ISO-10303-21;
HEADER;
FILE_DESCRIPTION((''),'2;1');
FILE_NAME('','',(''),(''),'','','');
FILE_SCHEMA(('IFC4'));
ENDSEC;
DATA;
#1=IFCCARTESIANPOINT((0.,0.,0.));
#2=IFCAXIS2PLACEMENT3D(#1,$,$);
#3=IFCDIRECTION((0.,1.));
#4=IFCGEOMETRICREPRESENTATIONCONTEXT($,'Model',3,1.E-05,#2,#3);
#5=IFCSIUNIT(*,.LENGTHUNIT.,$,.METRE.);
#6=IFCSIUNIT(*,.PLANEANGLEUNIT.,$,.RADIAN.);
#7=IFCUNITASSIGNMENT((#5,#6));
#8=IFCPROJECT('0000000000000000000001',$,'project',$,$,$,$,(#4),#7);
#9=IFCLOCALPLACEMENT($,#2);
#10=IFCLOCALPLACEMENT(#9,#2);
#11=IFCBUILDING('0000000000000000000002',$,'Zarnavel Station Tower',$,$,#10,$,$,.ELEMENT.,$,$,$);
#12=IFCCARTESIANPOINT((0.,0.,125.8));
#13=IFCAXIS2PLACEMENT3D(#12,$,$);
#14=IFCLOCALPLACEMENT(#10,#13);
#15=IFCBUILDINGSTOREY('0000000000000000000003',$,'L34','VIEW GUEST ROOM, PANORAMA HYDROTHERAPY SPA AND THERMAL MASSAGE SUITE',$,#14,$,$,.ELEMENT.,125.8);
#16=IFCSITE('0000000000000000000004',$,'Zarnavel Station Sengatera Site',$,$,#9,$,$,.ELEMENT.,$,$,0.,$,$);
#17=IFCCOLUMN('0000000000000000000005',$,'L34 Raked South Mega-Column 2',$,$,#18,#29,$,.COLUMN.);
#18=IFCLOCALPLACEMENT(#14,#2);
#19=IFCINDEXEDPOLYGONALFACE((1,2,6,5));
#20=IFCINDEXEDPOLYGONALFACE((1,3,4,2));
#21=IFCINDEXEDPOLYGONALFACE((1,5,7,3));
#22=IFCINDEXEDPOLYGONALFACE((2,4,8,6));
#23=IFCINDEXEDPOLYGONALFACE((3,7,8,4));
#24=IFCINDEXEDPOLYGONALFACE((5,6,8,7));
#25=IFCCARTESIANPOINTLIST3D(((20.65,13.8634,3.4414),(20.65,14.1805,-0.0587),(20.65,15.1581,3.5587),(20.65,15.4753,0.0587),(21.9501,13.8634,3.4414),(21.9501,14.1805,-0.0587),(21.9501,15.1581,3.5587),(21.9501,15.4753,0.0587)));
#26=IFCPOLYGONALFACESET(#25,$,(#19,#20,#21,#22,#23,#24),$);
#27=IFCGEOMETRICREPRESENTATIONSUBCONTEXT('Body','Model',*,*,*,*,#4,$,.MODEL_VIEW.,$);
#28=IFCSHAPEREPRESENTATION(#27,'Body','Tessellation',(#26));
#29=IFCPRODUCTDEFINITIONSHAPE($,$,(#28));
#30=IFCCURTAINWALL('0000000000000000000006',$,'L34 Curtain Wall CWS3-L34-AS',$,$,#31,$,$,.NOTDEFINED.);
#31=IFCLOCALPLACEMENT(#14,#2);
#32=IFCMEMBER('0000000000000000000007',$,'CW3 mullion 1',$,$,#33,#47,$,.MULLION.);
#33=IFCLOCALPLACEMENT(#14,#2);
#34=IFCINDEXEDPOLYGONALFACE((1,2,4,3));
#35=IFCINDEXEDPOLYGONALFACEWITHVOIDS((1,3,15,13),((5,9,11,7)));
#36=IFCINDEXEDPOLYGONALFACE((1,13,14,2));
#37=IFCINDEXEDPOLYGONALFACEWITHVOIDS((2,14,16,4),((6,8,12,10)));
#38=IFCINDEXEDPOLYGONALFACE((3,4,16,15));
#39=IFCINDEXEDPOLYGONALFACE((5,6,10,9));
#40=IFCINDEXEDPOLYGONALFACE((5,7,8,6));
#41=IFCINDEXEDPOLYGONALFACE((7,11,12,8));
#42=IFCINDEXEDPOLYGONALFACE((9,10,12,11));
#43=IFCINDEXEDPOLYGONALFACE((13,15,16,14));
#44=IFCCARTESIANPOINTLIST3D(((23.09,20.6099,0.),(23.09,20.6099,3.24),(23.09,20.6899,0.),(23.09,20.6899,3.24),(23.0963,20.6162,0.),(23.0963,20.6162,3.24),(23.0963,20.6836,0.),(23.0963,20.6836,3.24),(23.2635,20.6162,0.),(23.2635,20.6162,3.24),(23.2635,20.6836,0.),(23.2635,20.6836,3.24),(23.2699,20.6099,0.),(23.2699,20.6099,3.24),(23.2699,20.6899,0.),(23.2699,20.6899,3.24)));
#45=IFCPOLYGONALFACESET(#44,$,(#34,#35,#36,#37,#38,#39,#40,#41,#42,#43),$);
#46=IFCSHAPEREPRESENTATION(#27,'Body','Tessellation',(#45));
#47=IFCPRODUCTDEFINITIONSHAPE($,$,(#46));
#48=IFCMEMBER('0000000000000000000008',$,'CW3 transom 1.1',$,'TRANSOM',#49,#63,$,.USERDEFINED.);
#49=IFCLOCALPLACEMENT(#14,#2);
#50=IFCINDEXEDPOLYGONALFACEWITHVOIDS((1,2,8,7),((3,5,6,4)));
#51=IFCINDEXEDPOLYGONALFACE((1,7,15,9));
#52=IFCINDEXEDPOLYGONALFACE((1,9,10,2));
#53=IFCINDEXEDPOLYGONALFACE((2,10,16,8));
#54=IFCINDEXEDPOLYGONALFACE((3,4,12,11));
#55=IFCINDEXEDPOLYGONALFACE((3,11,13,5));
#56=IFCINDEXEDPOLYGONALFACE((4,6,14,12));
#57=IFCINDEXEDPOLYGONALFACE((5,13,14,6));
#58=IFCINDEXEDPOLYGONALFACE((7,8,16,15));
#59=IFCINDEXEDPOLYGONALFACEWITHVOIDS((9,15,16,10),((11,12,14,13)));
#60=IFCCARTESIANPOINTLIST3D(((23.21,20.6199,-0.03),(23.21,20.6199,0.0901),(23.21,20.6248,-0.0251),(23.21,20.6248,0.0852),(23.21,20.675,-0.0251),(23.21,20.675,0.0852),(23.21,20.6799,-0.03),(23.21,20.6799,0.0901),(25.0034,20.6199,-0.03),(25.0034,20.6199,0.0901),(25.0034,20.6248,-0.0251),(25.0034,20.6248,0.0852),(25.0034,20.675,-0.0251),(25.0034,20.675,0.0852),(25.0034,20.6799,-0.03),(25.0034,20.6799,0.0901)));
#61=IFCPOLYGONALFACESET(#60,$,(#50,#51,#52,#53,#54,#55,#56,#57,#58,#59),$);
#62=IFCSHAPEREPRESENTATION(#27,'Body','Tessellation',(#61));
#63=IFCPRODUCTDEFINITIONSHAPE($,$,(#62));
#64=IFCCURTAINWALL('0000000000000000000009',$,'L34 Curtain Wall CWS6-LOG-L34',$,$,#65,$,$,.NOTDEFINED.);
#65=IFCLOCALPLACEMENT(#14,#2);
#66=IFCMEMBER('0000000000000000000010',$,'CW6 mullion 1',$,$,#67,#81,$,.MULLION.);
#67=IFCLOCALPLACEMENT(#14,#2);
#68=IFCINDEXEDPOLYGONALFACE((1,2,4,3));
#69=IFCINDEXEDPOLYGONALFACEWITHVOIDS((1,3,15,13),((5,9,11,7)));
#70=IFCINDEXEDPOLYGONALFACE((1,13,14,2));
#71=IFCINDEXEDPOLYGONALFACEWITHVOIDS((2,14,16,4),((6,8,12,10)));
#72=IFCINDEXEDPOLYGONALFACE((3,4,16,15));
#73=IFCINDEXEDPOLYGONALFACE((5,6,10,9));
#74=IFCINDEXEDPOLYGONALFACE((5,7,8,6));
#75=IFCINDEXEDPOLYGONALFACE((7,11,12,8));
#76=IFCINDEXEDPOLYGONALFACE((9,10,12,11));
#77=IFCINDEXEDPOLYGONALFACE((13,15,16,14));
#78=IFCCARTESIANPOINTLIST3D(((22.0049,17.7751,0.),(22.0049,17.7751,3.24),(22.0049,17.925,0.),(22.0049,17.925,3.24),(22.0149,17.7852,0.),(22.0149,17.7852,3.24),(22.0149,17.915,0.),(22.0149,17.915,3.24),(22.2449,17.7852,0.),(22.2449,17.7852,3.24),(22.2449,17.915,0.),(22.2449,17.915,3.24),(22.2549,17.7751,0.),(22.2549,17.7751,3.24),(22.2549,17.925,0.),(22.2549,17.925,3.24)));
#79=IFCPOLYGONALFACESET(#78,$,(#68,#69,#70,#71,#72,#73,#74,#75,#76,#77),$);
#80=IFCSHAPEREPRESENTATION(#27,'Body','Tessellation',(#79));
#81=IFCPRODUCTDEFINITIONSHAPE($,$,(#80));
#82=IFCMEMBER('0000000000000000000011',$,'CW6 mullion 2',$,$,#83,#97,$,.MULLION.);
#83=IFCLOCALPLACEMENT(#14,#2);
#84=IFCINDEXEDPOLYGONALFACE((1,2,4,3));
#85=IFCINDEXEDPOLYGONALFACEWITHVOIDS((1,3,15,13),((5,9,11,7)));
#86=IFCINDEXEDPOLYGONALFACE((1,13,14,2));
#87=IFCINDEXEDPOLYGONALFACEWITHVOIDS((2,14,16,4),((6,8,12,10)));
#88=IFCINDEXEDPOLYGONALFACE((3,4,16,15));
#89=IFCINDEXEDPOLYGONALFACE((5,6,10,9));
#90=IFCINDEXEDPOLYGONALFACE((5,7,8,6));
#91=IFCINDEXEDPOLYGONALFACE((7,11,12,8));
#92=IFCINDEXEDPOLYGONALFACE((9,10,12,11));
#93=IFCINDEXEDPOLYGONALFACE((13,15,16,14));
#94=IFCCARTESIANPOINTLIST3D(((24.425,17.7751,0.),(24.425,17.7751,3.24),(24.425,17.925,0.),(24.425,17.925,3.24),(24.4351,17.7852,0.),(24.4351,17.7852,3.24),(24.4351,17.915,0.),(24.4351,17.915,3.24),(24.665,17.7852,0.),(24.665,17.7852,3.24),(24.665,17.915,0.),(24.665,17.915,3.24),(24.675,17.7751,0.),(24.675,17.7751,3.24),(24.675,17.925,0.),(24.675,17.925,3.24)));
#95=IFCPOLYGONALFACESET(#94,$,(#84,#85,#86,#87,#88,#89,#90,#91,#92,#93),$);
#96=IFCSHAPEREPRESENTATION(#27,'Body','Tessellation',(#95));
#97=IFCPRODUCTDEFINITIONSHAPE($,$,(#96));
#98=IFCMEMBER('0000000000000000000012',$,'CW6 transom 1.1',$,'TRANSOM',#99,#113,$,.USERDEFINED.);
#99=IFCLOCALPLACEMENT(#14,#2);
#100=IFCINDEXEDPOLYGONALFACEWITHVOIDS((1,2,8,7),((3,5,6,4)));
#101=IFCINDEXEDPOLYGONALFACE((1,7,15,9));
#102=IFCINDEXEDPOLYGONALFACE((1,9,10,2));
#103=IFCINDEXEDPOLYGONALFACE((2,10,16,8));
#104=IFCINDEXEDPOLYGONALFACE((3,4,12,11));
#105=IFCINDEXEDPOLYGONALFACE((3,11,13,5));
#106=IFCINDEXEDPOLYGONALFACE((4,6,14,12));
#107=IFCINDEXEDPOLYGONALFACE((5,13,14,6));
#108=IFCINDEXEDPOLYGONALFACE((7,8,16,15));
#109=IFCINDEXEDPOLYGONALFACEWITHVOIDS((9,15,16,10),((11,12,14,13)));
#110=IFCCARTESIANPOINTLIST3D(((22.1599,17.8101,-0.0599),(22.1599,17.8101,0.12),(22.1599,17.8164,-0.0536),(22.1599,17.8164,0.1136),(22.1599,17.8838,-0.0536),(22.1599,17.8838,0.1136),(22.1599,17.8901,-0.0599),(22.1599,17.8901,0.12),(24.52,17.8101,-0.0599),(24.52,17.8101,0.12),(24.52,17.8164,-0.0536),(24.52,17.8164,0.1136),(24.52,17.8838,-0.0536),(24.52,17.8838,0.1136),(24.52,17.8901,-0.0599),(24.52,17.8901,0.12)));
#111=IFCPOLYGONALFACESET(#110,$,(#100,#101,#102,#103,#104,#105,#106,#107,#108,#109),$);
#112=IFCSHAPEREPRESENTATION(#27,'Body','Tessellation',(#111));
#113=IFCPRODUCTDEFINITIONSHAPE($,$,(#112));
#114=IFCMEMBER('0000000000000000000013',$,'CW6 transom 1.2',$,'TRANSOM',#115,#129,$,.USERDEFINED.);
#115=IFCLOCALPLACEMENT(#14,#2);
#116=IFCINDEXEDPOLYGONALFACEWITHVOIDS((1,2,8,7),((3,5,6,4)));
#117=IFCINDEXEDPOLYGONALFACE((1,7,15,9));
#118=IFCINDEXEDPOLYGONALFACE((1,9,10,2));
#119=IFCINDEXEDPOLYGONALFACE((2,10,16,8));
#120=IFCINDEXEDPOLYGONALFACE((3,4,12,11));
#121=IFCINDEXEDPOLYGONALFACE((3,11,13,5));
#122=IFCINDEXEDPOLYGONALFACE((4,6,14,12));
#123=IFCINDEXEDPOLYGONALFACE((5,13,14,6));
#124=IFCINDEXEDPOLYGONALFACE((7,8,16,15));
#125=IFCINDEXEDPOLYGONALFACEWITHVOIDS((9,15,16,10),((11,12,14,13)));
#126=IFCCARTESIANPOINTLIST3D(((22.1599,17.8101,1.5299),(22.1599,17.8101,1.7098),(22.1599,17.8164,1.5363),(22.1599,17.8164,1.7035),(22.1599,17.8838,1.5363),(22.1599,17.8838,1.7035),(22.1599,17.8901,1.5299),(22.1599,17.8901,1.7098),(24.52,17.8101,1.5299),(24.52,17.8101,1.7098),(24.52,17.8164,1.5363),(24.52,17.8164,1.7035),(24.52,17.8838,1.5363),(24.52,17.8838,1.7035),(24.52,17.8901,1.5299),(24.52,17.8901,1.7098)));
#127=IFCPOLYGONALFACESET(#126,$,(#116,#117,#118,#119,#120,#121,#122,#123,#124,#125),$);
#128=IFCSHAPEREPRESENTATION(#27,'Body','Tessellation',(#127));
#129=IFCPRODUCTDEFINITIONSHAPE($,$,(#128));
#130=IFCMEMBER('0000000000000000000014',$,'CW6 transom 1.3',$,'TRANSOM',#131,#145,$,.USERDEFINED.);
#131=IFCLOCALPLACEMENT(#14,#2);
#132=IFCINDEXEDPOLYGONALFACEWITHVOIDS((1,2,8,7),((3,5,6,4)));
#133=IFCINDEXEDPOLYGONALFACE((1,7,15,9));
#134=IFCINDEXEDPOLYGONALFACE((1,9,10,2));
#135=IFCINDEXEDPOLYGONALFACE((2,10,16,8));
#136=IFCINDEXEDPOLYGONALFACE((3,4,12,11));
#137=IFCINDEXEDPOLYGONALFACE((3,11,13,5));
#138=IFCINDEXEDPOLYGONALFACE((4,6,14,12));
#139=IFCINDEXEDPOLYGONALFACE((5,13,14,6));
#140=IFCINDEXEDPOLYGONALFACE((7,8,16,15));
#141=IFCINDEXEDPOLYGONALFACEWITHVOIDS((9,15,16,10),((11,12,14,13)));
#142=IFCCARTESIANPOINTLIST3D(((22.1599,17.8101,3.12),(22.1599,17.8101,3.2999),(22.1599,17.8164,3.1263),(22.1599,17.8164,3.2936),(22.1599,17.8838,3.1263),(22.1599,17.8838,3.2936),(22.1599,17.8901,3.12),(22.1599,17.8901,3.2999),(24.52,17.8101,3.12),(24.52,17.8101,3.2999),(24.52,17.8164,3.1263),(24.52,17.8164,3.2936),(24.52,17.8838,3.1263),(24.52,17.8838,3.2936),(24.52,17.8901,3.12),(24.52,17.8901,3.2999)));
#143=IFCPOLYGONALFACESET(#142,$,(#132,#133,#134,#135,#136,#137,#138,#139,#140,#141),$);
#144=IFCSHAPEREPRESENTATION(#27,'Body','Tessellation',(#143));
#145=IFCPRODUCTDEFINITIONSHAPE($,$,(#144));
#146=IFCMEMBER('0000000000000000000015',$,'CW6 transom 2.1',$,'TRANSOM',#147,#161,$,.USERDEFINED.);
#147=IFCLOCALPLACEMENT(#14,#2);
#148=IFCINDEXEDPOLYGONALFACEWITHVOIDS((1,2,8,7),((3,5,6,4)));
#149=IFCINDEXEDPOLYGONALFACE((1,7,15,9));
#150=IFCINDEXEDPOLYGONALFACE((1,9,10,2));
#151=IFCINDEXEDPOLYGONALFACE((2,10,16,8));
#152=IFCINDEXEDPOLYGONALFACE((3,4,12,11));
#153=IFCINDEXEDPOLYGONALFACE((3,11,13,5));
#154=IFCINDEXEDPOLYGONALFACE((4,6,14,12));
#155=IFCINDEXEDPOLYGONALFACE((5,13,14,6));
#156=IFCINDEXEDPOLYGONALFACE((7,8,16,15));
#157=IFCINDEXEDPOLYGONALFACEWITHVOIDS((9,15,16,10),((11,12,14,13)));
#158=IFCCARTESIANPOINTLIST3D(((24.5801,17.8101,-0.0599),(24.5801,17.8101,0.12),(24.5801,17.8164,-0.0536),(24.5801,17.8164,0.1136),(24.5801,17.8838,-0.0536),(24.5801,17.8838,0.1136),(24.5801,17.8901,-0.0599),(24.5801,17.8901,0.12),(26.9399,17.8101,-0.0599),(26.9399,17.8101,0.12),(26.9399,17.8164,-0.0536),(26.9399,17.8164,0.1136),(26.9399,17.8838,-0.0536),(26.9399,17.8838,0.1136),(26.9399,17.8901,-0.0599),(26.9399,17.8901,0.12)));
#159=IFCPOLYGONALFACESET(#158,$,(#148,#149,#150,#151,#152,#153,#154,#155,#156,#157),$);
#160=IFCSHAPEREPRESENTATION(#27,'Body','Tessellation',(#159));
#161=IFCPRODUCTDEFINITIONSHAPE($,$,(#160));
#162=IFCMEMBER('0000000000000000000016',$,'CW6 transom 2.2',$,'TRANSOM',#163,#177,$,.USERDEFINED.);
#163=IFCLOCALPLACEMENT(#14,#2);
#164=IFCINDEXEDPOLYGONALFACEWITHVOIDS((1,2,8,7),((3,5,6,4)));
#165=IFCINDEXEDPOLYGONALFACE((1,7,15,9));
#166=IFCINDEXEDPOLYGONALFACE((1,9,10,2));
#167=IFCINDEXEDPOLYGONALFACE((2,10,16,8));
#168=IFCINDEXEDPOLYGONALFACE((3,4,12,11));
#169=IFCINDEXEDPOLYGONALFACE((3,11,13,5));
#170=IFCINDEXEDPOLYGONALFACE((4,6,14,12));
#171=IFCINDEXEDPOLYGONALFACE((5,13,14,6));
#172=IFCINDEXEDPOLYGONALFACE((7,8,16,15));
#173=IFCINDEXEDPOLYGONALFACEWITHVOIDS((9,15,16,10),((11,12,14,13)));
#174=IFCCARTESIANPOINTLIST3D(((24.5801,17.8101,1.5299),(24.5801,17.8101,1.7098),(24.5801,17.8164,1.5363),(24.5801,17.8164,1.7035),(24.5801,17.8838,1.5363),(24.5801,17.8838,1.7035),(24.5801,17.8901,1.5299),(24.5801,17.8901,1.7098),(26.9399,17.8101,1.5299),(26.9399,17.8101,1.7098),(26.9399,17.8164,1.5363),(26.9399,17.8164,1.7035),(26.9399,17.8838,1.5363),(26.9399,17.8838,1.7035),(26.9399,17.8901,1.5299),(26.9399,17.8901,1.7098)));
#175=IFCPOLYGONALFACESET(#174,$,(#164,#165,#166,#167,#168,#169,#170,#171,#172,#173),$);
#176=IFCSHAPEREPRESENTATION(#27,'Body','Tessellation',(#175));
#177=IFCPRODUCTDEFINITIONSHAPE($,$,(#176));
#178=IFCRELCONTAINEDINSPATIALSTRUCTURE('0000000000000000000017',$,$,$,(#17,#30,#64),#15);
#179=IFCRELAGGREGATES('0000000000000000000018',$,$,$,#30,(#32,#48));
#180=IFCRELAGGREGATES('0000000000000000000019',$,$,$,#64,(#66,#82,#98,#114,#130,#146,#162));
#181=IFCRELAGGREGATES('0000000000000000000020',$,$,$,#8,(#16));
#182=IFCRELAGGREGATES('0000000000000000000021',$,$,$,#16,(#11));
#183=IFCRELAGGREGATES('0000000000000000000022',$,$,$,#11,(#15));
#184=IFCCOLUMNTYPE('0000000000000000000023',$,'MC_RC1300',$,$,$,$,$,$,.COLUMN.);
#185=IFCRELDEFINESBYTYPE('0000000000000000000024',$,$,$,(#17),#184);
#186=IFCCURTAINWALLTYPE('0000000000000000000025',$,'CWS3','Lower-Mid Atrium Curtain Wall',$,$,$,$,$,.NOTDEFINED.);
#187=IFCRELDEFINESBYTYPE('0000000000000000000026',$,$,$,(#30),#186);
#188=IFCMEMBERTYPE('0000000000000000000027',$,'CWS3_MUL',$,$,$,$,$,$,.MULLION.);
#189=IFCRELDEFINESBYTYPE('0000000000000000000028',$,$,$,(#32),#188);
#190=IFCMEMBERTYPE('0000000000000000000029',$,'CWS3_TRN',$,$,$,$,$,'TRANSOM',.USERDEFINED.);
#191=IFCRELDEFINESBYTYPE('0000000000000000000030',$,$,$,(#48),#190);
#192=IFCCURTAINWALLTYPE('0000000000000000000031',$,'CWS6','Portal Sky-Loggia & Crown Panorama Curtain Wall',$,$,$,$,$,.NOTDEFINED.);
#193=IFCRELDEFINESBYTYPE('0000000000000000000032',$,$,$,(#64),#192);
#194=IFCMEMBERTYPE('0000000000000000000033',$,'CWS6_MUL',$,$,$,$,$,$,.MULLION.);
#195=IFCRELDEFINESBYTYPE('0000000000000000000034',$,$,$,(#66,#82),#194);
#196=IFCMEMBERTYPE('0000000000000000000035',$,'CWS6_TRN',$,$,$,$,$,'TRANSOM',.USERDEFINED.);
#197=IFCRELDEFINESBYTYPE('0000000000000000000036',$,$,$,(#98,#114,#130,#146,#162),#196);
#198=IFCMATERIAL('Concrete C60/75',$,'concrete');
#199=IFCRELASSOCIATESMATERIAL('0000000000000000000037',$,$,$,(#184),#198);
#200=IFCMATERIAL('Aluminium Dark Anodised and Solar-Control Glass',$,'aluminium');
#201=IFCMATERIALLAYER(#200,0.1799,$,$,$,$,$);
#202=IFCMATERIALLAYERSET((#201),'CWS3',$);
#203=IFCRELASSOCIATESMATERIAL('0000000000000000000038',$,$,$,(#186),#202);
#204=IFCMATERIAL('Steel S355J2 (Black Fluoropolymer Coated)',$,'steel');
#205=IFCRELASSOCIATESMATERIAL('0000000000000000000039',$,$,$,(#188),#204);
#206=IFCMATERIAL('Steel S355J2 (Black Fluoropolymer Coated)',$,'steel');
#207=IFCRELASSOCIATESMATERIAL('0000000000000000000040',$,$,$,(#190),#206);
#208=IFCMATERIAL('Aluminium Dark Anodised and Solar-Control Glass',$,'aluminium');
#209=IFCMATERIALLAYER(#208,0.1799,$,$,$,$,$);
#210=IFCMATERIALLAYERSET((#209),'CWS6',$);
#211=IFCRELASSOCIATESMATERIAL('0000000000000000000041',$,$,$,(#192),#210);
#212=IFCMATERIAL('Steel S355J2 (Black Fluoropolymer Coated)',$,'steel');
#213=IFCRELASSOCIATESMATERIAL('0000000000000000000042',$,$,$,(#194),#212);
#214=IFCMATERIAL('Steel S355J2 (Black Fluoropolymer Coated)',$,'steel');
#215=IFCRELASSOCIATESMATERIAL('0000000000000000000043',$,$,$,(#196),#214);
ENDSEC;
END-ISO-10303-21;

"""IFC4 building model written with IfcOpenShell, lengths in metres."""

from ifc_helpers import new_model, si_unit, direction, frame, origin, origin_2d, place, context, subcontext, project, spatial, rectangle, hollow_rectangle, extrude, material, layer, layer_set, material_profile, profile_set, type_object, element, aggregate, save


model = new_model("IFC4")

# Units and contexts
model_context = context("Model", 3, precision=1e-05, world=origin(), true_north=direction((0.0, 1.0)))
body_context = subcontext(model_context, "Body", "Model", "MODEL_VIEW")
ifc_project = project(units=[si_unit("LENGTHUNIT", "METRE"), si_unit("PLANEANGLEUNIT", "RADIAN")], contexts=[model_context])

# Site, building, storey
site_placement = place(None, origin())
site = spatial("IfcSite", under=ifc_project, at=site_placement, Name="Zarnavel Station Sengatera Site", CompositionType="ELEMENT", RefElevation=0.0)
building_placement = place(site_placement, origin())
building = spatial("IfcBuilding", under=site, at=building_placement, Name="Zarnavel Station Tower", CompositionType="ELEMENT")
storey_placement = place(building_placement, frame((0.0, 0.0, 125.8)))
storey = spatial("IfcBuildingStorey", under=building, at=storey_placement, Name="L34", Description="VIEW GUEST ROOM, PANORAMA HYDROTHERAPY SPA AND THERMAL MASSAGE SUITE", CompositionType="ELEMENT", Elevation=125.8)

# Column
ifc_material_1 = material(Name="Concrete C60/75", Category="concrete")
ifc_material_profile_1 = material_profile(ifc_material_1, rectangle(XDim=1.3, YDim=1.3, at=origin_2d()), Name="RC1300x1300")
ifc_profile_set_1 = profile_set([ifc_material_profile_1], Name="Concrete C60/75")
column_type = type_object("IfcColumnType", Name="MC_RC1300", PredefinedType="COLUMN", material=ifc_profile_set_1)
column_placement = place(storey_placement, frame((21.3, 14.8279, 0.0), z_axis=(0.0, -0.090241, 0.99592), x_axis=(1.0, 0.0, 0.0)))
element("IfcColumn", 1, at=column_placement, inside=storey, type_object=column_type, Name="L34 Raked South Mega-Column 2", PredefinedType="COLUMN", context=body_context, shape_type="SweptSolid", body=[
    extrude(rectangle(XDim=1.3, YDim=1.3, at=origin_2d()), origin(), (0.0, 0.0, 1.0), 3.5144),
])

# Curtain walls, members
ifc_material_2 = material(Name="Aluminium Dark Anodised and Solar-Control Glass", Category="aluminium")
ifc_layer_1 = layer(ifc_material_2, 0.1799)
ifc_layer_set_1 = layer_set([ifc_layer_1], Name="CWS3")
curtain_wall_type_1 = type_object("IfcCurtainWallType", Name="CWS3", Description="Lower-Mid Atrium Curtain Wall", PredefinedType="NOTDEFINED", material=ifc_layer_set_1)
curtain_wall_1_placement = place(storey_placement, origin())
curtain_wall_1 = element("IfcCurtainWall", 2, at=curtain_wall_1_placement, inside=storey, type_object=curtain_wall_type_1, Name="L34 Curtain Wall CWS3-L34-AS", PredefinedType="NOTDEFINED")
ifc_material_3 = material(Name="Steel S355J2 (Black Fluoropolymer Coated)", Category="steel")
ifc_material_profile_2 = material_profile(ifc_material_3, hollow_rectangle(XDim=0.0801, YDim=0.1799, WallThickness=0.0063, at=origin_2d()), Name="RHS180x80x6.3")
ifc_profile_set_2 = profile_set([ifc_material_profile_2], Name="Steel S355J2 (Black Fluoropolymer Coated)")
member_type_1 = type_object("IfcMemberType", Name="CWS3_MUL", PredefinedType="MULLION", material=ifc_profile_set_2)
member_1_placement = place(storey_placement, frame((23.1799, 20.6499, 0.0), z_axis=(0.0, 0.0, 1.0), x_axis=(0.0, 1.0, 0.0)))
member_1 = element("IfcMember", 3, at=member_1_placement, type_object=member_type_1, Name="CW3 mullion 1", PredefinedType="MULLION", context=body_context, shape_type="SweptSolid", body=[
    extrude(hollow_rectangle(XDim=0.0801, YDim=0.1799, WallThickness=0.0063, at=origin_2d()), origin(), (0.0, 0.0, 1.0), 3.24),
])
ifc_material_4 = material(Name="Steel S355J2 (Black Fluoropolymer Coated)", Category="steel")
ifc_material_profile_3 = material_profile(ifc_material_4, hollow_rectangle(XDim=0.0601, YDim=0.1201, WallThickness=0.0049, at=origin_2d()), Name="RHS120x60x5")
ifc_profile_set_3 = profile_set([ifc_material_profile_3], Name="Steel S355J2 (Black Fluoropolymer Coated)")
member_type_2 = type_object("IfcMemberType", Name="CWS3_TRN", ElementType="TRANSOM", PredefinedType="USERDEFINED", material=ifc_profile_set_3)
member_2_placement = place(storey_placement, frame((23.21, 20.6499, 0.03), z_axis=(1.0, 0.0, 0.0), x_axis=(0.0, 1.0, 0.0)))
member_2 = element("IfcMember", 4, at=member_2_placement, type_object=member_type_2, Name="CW3 transom 1.1", ObjectType="TRANSOM", PredefinedType="USERDEFINED", context=body_context, shape_type="SweptSolid", body=[
    extrude(hollow_rectangle(XDim=0.0601, YDim=0.1201, WallThickness=0.0049, at=origin_2d()), origin(), (0.0, 0.0, 1.0), 1.7935),
])
aggregate(curtain_wall_1, [member_1, member_2])
ifc_material_5 = material(Name="Aluminium Dark Anodised and Solar-Control Glass", Category="aluminium")
ifc_layer_2 = layer(ifc_material_5, 0.1799)
ifc_layer_set_2 = layer_set([ifc_layer_2], Name="CWS6")
curtain_wall_type_2 = type_object("IfcCurtainWallType", Name="CWS6", Description="Portal Sky-Loggia & Crown Panorama Curtain Wall", PredefinedType="NOTDEFINED", material=ifc_layer_set_2)
curtain_wall_2_placement = place(storey_placement, origin())
curtain_wall_2 = element("IfcCurtainWall", 5, at=curtain_wall_2_placement, inside=storey, type_object=curtain_wall_type_2, Name="L34 Curtain Wall CWS6-LOG-L34", PredefinedType="NOTDEFINED")
ifc_material_6 = material(Name="Steel S355J2 (Black Fluoropolymer Coated)", Category="steel")
ifc_material_profile_4 = material_profile(ifc_material_6, hollow_rectangle(XDim=0.1499, YDim=0.25, WallThickness=0.01, at=origin_2d()), Name="RHS250x150x10")
ifc_profile_set_4 = profile_set([ifc_material_profile_4], Name="Steel S355J2 (Black Fluoropolymer Coated)")
member_type_3 = type_object("IfcMemberType", Name="CWS6_MUL", PredefinedType="MULLION", material=ifc_profile_set_4)
member_3_placement = place(storey_placement, frame((22.1299, 17.8501, 0.0), z_axis=(0.0, 0.0, 1.0), x_axis=(0.0, 1.0, 0.0)))
member_3 = element("IfcMember", 6, at=member_3_placement, type_object=member_type_3, Name="CW6 mullion 1", PredefinedType="MULLION", context=body_context, shape_type="SweptSolid", body=[
    extrude(hollow_rectangle(XDim=0.1499, YDim=0.25, WallThickness=0.01, at=origin_2d()), origin(), (0.0, 0.0, 1.0), 3.24),
])
member_4_placement = place(storey_placement, frame((24.55, 17.8501, 0.0), z_axis=(0.0, 0.0, 1.0), x_axis=(0.0, 1.0, 0.0)))
member_4 = element("IfcMember", 7, at=member_4_placement, type_object=member_type_3, Name="CW6 mullion 2", PredefinedType="MULLION", context=body_context, shape_type="SweptSolid", body=[
    extrude(hollow_rectangle(XDim=0.1499, YDim=0.25, WallThickness=0.01, at=origin_2d()), origin(), (0.0, 0.0, 1.0), 3.24),
])
ifc_material_7 = material(Name="Steel S355J2 (Black Fluoropolymer Coated)", Category="steel")
ifc_material_profile_5 = material_profile(ifc_material_7, hollow_rectangle(XDim=0.0801, YDim=0.1799, WallThickness=0.0063, at=origin_2d()), Name="RHS180x80x6.3")
ifc_profile_set_5 = profile_set([ifc_material_profile_5], Name="Steel S355J2 (Black Fluoropolymer Coated)")
member_type_4 = type_object("IfcMemberType", Name="CWS6_TRN", ElementType="TRANSOM", PredefinedType="USERDEFINED", material=ifc_profile_set_5)
member_5_placement = place(storey_placement, frame((22.1599, 17.8501, 0.03), z_axis=(1.0, 0.0, 0.0), x_axis=(0.0, 1.0, 0.0)))
member_5 = element("IfcMember", 8, at=member_5_placement, type_object=member_type_4, Name="CW6 transom 1.1", ObjectType="TRANSOM", PredefinedType="USERDEFINED", context=body_context, shape_type="SweptSolid", body=[
    extrude(hollow_rectangle(XDim=0.0801, YDim=0.1799, WallThickness=0.0063, at=origin_2d()), origin(), (0.0, 0.0, 1.0), 2.3601),
])
member_6_placement = place(storey_placement, frame((22.1599, 17.8501, 1.6199), z_axis=(1.0, 0.0, 0.0), x_axis=(0.0, 1.0, 0.0)))
member_6 = element("IfcMember", 9, at=member_6_placement, type_object=member_type_4, Name="CW6 transom 1.2", ObjectType="TRANSOM", PredefinedType="USERDEFINED", context=body_context, shape_type="SweptSolid", body=[
    extrude(hollow_rectangle(XDim=0.0801, YDim=0.1799, WallThickness=0.0063, at=origin_2d()), origin(), (0.0, 0.0, 1.0), 2.3601),
])
member_7_placement = place(storey_placement, frame((22.1599, 17.8501, 3.21), z_axis=(1.0, 0.0, 0.0), x_axis=(0.0, 1.0, 0.0)))
member_7 = element("IfcMember", 10, at=member_7_placement, type_object=member_type_4, Name="CW6 transom 1.3", ObjectType="TRANSOM", PredefinedType="USERDEFINED", context=body_context, shape_type="SweptSolid", body=[
    extrude(hollow_rectangle(XDim=0.0801, YDim=0.1799, WallThickness=0.0063, at=origin_2d()), origin(), (0.0, 0.0, 1.0), 2.3601),
])
member_8_placement = place(storey_placement, frame((24.5801, 17.8501, 0.03), z_axis=(1.0, 0.0, 0.0), x_axis=(0.0, 1.0, 0.0)))
member_8 = element("IfcMember", 11, at=member_8_placement, type_object=member_type_4, Name="CW6 transom 2.1", ObjectType="TRANSOM", PredefinedType="USERDEFINED", context=body_context, shape_type="SweptSolid", body=[
    extrude(hollow_rectangle(XDim=0.0801, YDim=0.1799, WallThickness=0.0063, at=origin_2d()), origin(), (0.0, 0.0, 1.0), 2.3599),
])
member_9_placement = place(storey_placement, frame((24.5801, 17.8501, 1.6199), z_axis=(1.0, 0.0, 0.0), x_axis=(0.0, 1.0, 0.0)))
member_9 = element("IfcMember", 12, at=member_9_placement, type_object=member_type_4, Name="CW6 transom 2.2", ObjectType="TRANSOM", PredefinedType="USERDEFINED", context=body_context, shape_type="SweptSolid", body=[
    extrude(hollow_rectangle(XDim=0.0801, YDim=0.1799, WallThickness=0.0063, at=origin_2d()), origin(), (0.0, 0.0, 1.0), 2.3599),
])

aggregate(curtain_wall_2, [member_3, member_4, member_5, member_6, member_7, member_8, member_9])

save(model, "model.ifc")
